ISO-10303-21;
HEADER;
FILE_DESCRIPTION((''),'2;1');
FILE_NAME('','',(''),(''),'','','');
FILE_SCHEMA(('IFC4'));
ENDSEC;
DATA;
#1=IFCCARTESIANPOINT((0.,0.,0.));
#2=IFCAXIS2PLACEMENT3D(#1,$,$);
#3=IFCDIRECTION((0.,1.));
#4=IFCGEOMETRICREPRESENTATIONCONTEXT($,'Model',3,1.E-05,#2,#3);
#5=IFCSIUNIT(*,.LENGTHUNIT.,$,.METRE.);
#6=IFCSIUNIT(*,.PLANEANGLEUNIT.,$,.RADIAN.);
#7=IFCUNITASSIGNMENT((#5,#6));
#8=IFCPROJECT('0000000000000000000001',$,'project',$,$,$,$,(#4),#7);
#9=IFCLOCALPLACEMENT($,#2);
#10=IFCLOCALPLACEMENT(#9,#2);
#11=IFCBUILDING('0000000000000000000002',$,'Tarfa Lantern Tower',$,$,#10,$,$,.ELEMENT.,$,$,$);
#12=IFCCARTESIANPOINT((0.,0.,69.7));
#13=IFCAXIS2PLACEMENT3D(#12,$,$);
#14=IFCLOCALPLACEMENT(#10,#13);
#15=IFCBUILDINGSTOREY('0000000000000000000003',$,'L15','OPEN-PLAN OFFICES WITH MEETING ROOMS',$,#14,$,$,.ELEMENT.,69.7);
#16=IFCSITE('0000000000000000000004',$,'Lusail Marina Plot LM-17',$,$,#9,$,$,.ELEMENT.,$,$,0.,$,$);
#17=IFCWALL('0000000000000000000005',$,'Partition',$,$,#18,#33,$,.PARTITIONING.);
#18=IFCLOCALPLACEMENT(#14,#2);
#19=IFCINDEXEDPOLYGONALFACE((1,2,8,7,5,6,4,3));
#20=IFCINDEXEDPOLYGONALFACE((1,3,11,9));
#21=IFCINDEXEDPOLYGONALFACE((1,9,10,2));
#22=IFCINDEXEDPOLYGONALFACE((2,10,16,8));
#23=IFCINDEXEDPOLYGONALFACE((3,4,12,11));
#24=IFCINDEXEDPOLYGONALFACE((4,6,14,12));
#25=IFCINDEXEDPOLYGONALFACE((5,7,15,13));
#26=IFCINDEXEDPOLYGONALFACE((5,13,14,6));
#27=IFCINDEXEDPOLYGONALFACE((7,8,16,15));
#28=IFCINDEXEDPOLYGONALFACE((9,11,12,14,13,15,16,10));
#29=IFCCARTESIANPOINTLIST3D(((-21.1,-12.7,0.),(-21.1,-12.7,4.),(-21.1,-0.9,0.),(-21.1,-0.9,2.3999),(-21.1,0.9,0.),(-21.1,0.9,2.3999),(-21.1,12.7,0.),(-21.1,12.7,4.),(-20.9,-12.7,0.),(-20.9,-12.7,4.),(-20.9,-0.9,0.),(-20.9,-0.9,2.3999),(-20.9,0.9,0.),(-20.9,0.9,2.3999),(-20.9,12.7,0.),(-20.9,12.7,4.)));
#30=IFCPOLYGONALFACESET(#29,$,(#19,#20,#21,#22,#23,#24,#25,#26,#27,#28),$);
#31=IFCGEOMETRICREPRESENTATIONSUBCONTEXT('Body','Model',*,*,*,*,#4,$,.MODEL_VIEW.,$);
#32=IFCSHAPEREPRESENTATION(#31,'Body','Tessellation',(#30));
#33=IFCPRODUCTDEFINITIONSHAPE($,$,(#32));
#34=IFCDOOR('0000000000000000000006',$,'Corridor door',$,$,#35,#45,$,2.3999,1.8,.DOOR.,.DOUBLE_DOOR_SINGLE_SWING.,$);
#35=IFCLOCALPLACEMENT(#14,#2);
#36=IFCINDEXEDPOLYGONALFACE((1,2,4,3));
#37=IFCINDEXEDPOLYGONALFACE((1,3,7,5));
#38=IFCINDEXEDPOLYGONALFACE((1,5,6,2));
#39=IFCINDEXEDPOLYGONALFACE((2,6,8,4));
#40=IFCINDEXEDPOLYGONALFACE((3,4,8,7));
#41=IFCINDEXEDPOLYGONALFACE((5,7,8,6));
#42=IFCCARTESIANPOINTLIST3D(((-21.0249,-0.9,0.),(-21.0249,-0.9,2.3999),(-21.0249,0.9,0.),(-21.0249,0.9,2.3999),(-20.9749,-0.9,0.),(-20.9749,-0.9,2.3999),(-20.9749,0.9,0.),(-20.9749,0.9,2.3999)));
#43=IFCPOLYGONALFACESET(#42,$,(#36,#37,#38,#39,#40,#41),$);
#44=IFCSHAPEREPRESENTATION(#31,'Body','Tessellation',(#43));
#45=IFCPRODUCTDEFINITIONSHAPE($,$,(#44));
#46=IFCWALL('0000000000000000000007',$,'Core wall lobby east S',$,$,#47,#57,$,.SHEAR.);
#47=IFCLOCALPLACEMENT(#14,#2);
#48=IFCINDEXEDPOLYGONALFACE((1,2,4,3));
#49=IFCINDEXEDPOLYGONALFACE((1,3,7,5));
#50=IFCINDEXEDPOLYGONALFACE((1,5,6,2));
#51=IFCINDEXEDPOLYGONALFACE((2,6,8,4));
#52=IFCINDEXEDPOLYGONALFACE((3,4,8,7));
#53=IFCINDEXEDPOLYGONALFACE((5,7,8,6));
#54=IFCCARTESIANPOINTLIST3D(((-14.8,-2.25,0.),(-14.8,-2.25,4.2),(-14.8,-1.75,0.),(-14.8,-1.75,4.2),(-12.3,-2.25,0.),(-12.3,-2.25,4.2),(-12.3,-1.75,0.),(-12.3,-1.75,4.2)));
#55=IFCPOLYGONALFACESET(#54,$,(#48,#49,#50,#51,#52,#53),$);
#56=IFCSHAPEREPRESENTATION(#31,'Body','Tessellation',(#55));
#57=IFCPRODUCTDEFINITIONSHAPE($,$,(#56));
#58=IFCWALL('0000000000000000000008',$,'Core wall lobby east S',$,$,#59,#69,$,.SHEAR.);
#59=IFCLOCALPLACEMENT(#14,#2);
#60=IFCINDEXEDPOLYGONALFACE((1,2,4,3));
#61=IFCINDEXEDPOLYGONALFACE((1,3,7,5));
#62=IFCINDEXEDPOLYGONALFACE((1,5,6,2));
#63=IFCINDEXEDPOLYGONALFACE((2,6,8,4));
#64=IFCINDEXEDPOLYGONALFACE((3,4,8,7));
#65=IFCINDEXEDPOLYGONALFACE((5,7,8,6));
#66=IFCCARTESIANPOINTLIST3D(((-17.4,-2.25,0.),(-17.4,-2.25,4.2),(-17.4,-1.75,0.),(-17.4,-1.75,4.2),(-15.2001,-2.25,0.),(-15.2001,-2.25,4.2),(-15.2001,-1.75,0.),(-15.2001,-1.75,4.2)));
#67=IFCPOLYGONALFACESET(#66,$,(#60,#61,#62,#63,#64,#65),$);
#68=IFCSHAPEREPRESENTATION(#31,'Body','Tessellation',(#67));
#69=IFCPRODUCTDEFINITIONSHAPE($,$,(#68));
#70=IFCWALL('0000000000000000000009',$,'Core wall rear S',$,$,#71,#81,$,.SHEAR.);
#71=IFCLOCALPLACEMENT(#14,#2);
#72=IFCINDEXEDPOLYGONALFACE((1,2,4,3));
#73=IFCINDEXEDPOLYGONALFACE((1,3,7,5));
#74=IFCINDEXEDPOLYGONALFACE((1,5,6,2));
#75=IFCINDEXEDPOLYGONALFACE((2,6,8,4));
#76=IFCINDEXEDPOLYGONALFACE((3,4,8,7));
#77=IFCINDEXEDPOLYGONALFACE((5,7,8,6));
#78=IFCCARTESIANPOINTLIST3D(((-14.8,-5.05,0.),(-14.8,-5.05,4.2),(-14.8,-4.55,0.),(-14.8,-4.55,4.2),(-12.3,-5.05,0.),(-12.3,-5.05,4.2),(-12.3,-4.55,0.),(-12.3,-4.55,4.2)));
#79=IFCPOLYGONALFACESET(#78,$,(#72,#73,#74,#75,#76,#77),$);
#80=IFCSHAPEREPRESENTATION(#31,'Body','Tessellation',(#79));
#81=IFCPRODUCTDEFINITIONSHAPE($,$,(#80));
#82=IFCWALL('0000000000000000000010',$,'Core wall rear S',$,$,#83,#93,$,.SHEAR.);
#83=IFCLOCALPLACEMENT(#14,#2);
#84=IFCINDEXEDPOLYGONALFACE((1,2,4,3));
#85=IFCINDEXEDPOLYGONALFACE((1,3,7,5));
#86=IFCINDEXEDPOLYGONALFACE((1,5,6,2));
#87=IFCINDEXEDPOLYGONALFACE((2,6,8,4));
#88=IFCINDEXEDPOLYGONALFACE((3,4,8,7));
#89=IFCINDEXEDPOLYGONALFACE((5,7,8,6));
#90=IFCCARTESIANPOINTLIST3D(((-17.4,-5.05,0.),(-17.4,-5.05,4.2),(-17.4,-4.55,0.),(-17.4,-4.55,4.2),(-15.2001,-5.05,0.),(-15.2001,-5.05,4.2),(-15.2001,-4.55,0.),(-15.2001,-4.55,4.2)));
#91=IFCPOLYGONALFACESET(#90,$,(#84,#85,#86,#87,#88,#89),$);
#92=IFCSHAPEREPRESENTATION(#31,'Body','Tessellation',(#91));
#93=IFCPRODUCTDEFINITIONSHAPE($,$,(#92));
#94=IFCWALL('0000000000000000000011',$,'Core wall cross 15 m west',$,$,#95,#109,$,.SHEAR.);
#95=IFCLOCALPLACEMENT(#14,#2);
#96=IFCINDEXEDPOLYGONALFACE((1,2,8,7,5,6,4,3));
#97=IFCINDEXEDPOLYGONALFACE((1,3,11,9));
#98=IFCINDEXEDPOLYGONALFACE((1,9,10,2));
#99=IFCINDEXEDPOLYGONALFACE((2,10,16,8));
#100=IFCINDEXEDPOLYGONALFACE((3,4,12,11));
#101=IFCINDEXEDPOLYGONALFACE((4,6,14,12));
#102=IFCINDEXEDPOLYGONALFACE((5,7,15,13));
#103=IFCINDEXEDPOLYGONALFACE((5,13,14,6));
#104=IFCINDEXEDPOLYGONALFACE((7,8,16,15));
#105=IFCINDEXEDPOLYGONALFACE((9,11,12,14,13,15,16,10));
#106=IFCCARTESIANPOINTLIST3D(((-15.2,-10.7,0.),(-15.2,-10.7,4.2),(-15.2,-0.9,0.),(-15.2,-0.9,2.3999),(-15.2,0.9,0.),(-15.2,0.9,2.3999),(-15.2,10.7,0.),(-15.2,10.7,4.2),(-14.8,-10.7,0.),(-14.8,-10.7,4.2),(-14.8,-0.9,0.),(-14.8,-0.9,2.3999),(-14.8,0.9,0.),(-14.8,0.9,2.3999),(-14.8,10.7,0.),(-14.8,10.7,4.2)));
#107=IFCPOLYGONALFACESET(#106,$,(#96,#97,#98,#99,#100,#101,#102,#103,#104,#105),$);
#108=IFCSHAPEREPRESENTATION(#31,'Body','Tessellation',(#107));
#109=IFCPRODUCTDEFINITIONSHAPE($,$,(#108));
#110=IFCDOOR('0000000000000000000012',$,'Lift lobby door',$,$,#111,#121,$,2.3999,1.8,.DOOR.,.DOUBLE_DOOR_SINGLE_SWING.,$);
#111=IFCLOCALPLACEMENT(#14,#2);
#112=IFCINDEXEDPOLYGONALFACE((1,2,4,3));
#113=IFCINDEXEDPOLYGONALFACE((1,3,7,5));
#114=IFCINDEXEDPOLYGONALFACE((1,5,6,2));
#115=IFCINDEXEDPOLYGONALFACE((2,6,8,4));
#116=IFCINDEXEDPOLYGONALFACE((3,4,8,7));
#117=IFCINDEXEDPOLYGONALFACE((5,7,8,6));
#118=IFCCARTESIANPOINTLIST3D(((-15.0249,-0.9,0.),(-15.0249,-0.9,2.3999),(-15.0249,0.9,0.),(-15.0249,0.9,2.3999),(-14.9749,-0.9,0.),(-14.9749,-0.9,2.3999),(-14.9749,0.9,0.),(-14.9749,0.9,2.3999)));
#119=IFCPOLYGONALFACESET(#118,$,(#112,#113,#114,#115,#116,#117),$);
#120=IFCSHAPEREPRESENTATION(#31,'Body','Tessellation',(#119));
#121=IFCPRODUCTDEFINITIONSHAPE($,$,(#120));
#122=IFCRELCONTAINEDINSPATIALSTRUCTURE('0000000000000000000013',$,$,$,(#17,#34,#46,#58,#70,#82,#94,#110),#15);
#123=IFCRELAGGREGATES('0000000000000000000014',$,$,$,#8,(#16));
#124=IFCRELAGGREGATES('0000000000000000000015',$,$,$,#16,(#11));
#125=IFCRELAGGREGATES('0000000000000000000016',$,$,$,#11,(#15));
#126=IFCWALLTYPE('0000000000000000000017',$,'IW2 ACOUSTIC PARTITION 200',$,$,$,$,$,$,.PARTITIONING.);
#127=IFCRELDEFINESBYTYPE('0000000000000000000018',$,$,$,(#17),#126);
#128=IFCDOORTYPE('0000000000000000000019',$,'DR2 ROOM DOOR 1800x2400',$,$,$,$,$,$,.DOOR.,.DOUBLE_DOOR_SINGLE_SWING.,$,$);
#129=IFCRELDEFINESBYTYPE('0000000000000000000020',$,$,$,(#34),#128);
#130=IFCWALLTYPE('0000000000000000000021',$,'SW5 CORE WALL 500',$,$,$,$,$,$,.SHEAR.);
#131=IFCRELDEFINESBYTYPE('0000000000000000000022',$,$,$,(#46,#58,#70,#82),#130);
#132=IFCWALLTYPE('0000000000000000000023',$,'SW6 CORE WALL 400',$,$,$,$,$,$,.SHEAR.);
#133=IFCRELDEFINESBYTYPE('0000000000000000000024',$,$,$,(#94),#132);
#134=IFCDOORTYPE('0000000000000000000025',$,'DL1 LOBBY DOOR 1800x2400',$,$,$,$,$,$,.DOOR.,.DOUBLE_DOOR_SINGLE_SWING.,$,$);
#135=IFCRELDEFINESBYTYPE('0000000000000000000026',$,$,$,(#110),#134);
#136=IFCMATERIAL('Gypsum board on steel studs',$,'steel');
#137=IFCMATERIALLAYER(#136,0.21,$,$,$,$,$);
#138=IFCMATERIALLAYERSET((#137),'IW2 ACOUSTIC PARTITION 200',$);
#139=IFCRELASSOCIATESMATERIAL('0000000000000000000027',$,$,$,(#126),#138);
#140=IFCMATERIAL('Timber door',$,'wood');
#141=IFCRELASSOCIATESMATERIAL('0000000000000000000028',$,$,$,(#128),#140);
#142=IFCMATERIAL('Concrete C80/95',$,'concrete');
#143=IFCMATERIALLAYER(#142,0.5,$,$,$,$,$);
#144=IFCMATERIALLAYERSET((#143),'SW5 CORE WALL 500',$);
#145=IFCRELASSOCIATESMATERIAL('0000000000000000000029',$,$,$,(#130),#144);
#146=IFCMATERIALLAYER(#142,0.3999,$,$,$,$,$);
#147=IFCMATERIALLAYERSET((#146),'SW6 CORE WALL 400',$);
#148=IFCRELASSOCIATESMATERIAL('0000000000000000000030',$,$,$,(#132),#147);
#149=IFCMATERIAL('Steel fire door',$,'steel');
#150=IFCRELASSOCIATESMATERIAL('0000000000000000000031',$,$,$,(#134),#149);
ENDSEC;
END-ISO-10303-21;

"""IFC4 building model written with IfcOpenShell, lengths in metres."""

from ifc_helpers import new_model, si_unit, direction, frame, frame_2d, origin, place, context, subcontext, project, spatial, rectangle, extrude, material, layer, layer_set, type_object, element, fill, save


model = new_model("IFC4")

# Units and contexts
model_context = context("Model", 3, precision=1e-05, world=origin(), true_north=direction((0.0, 1.0)))
body_context = subcontext(model_context, "Body", "Model", "MODEL_VIEW")
ifc_project = project(units=[si_unit("LENGTHUNIT", "METRE"), si_unit("PLANEANGLEUNIT", "RADIAN")], contexts=[model_context])

# Site, building, storey
site_placement = place(None, origin())
site = spatial("IfcSite", under=ifc_project, at=site_placement, Name="Lusail Marina Plot LM-17", CompositionType="ELEMENT", RefElevation=0.0)
building_placement = place(site_placement, origin())
building = spatial("IfcBuilding", under=site, at=building_placement, Name="Tarfa Lantern Tower", CompositionType="ELEMENT")
storey_placement = place(building_placement, frame((0.0, 0.0, 69.7)))
storey = spatial("IfcBuildingStorey", under=building, at=storey_placement, Name="L15", Description="OPEN-PLAN OFFICES WITH MEETING ROOMS", CompositionType="ELEMENT", Elevation=69.7)

# Shared definitions
ifc_material_1 = material(Name="Gypsum board on steel studs", Category="steel")
ifc_layer_1 = layer(ifc_material_1, 0.21)
ifc_layer_set_1 = layer_set([ifc_layer_1], Name="IW2 ACOUSTIC PARTITION 200")
wall_type_1 = type_object("IfcWallType", Name="IW2 ACOUSTIC PARTITION 200", PredefinedType="PARTITIONING", material=ifc_layer_set_1)
ifc_material_2 = material(Name="Timber door", Category="wood")
door_type_1 = type_object("IfcDoorType", Name="DR2 ROOM DOOR 1800x2400", OperationType="DOUBLE_DOOR_SINGLE_SWING", PredefinedType="DOOR", material=ifc_material_2)

# Wall, opening, door
wall_1_placement = place(storey_placement, frame((-21.0, -12.7, 0.0), z_axis=(0.0, 0.0, 1.0), x_axis=(0.0, 1.0, 0.0)))
wall_1 = element("IfcWall", 1, at=wall_1_placement, inside=storey, type_object=wall_type_1, Name="Partition", PredefinedType="PARTITIONING", context=body_context, shape_type="SweptSolid", body=[
    extrude(rectangle(XDim=25.3999, YDim=0.2, at=frame_2d((12.7, 0.0))), origin(), (0.0, 0.0, 1.0), 4.0),
])
opening_1_placement = place(wall_1_placement, frame((11.8, 0.0, 0.0)))
opening_1 = element("IfcOpeningElement", 2, at=opening_1_placement, cuts=wall_1, PredefinedType="OPENING", context=body_context, shape_type="SweptSolid", body=[
    extrude(rectangle(XDim=1.8, YDim=2.3999, at=frame_2d((0.8999, 1.2))), frame((0.0, 0.1099, 0.0), z_axis=(0.0, -1.0, 0.0), x_axis=(1.0, 0.0, 0.0)), (0.0, 0.0, 1.0), 0.22),
])
door_1_placement = place(opening_1_placement, origin())
door_1 = element("IfcDoor", 3, at=door_1_placement, inside=storey, type_object=door_type_1, Name="Corridor door", OperationType="DOUBLE_DOOR_SINGLE_SWING", OverallHeight=2.3999, OverallWidth=1.8, PredefinedType="DOOR", context=body_context, shape_type="SweptSolid", body=[
    extrude(rectangle(XDim=1.8, YDim=2.3999, at=frame_2d((0.8999, 1.2))), frame((0.0, 0.0249, 0.0), z_axis=(0.0, -1.0, 0.0), x_axis=(1.0, 0.0, 0.0)), (0.0, 0.0, 1.0), 0.05),
])
fill(opening_1, door_1)

# Walls
ifc_material_3 = material(Name="Concrete C80/95", Category="concrete")
ifc_layer_2 = layer(ifc_material_3, 0.5)
ifc_layer_set_2 = layer_set([ifc_layer_2], Name="SW5 CORE WALL 500")
wall_type_2 = type_object("IfcWallType", Name="SW5 CORE WALL 500", PredefinedType="SHEAR", material=ifc_layer_set_2)
wall_2_placement = place(storey_placement, frame((-12.3, -2.0, 0.0), z_axis=(0.0, 0.0, 1.0), x_axis=(-1.0, 0.0, 0.0)))
element("IfcWall", 4, at=wall_2_placement, inside=storey, type_object=wall_type_2, Name="Core wall lobby east S", PredefinedType="SHEAR", context=body_context, shape_type="SweptSolid", body=[
    extrude(rectangle(XDim=2.5, YDim=0.5, at=frame_2d((1.25, 0.0))), origin(), (0.0, 0.0, 1.0), 4.2),
])
wall_3_placement = place(storey_placement, frame((-15.2, -2.0, 0.0), z_axis=(0.0, 0.0, 1.0), x_axis=(-1.0, 0.0, 0.0)))
element("IfcWall", 5, at=wall_3_placement, inside=storey, type_object=wall_type_2, Name="Core wall lobby east S", PredefinedType="SHEAR", context=body_context, shape_type="SweptSolid", body=[
    extrude(rectangle(XDim=2.2, YDim=0.5, at=frame_2d((1.1001, 0.0))), origin(), (0.0, 0.0, 1.0), 4.2),
])
wall_4_placement = place(storey_placement, frame((-12.3, -4.8, 0.0), z_axis=(0.0, 0.0, 1.0), x_axis=(-1.0, 0.0, 0.0)))
element("IfcWall", 6, at=wall_4_placement, inside=storey, type_object=wall_type_2, Name="Core wall rear S", PredefinedType="SHEAR", context=body_context, shape_type="SweptSolid", body=[
    extrude(rectangle(XDim=2.5, YDim=0.5, at=frame_2d((1.25, 0.0))), origin(), (0.0, 0.0, 1.0), 4.2),
])
wall_5_placement = place(storey_placement, frame((-15.2, -4.8, 0.0), z_axis=(0.0, 0.0, 1.0), x_axis=(-1.0, 0.0, 0.0)))
element("IfcWall", 7, at=wall_5_placement, inside=storey, type_object=wall_type_2, Name="Core wall rear S", PredefinedType="SHEAR", context=body_context, shape_type="SweptSolid", body=[
    extrude(rectangle(XDim=2.2, YDim=0.5, at=frame_2d((1.1001, 0.0))), origin(), (0.0, 0.0, 1.0), 4.2),
])

# Wall, opening, door
ifc_layer_3 = layer(ifc_material_3, 0.3999)
ifc_layer_set_3 = layer_set([ifc_layer_3], Name="SW6 CORE WALL 400")
wall_type_3 = type_object("IfcWallType", Name="SW6 CORE WALL 400", PredefinedType="SHEAR", material=ifc_layer_set_3)
wall_6_placement = place(storey_placement, frame((-15.0, -10.7, 0.0), z_axis=(0.0, 0.0, 1.0), x_axis=(0.0, 1.0, 0.0)))
wall_6 = element("IfcWall", 8, at=wall_6_placement, inside=storey, type_object=wall_type_3, Name="Core wall cross 15 m west", PredefinedType="SHEAR", context=body_context, shape_type="SweptSolid", body=[
    extrude(rectangle(XDim=21.3999, YDim=0.3999, at=frame_2d((10.7, 0.0))), origin(), (0.0, 0.0, 1.0), 4.2),
])
opening_2_placement = place(wall_6_placement, frame((9.8, 0.0, 0.0)))
opening_2 = element("IfcOpeningElement", 9, at=opening_2_placement, cuts=wall_6, PredefinedType="OPENING", context=body_context, shape_type="SweptSolid", body=[
    extrude(rectangle(XDim=1.8, YDim=2.3999, at=frame_2d((0.8999, 1.2))), frame((0.0, 0.21, 0.0), z_axis=(0.0, -1.0, 0.0), x_axis=(1.0, 0.0, 0.0)), (0.0, 0.0, 1.0), 0.4199),
])
ifc_material_4 = material(Name="Steel fire door", Category="steel")
door_type_2 = type_object("IfcDoorType", Name="DL1 LOBBY DOOR 1800x2400", OperationType="DOUBLE_DOOR_SINGLE_SWING", PredefinedType="DOOR", material=ifc_material_4)
door_2_placement = place(opening_2_placement, origin())
door_2 = element("IfcDoor", 10, at=door_2_placement, inside=storey, type_object=door_type_2, Name="Lift lobby door", OperationType="DOUBLE_DOOR_SINGLE_SWING", OverallHeight=2.3999, OverallWidth=1.8, PredefinedType="DOOR", context=body_context, shape_type="SweptSolid", body=[
    extrude(rectangle(XDim=1.8, YDim=2.3999, at=frame_2d((0.8999, 1.2))), frame((0.0, 0.0249, 0.0), z_axis=(0.0, -1.0, 0.0), x_axis=(1.0, 0.0, 0.0)), (0.0, 0.0, 1.0), 0.05),
])
fill(opening_2, door_2)

save(model, "model.ifc")
